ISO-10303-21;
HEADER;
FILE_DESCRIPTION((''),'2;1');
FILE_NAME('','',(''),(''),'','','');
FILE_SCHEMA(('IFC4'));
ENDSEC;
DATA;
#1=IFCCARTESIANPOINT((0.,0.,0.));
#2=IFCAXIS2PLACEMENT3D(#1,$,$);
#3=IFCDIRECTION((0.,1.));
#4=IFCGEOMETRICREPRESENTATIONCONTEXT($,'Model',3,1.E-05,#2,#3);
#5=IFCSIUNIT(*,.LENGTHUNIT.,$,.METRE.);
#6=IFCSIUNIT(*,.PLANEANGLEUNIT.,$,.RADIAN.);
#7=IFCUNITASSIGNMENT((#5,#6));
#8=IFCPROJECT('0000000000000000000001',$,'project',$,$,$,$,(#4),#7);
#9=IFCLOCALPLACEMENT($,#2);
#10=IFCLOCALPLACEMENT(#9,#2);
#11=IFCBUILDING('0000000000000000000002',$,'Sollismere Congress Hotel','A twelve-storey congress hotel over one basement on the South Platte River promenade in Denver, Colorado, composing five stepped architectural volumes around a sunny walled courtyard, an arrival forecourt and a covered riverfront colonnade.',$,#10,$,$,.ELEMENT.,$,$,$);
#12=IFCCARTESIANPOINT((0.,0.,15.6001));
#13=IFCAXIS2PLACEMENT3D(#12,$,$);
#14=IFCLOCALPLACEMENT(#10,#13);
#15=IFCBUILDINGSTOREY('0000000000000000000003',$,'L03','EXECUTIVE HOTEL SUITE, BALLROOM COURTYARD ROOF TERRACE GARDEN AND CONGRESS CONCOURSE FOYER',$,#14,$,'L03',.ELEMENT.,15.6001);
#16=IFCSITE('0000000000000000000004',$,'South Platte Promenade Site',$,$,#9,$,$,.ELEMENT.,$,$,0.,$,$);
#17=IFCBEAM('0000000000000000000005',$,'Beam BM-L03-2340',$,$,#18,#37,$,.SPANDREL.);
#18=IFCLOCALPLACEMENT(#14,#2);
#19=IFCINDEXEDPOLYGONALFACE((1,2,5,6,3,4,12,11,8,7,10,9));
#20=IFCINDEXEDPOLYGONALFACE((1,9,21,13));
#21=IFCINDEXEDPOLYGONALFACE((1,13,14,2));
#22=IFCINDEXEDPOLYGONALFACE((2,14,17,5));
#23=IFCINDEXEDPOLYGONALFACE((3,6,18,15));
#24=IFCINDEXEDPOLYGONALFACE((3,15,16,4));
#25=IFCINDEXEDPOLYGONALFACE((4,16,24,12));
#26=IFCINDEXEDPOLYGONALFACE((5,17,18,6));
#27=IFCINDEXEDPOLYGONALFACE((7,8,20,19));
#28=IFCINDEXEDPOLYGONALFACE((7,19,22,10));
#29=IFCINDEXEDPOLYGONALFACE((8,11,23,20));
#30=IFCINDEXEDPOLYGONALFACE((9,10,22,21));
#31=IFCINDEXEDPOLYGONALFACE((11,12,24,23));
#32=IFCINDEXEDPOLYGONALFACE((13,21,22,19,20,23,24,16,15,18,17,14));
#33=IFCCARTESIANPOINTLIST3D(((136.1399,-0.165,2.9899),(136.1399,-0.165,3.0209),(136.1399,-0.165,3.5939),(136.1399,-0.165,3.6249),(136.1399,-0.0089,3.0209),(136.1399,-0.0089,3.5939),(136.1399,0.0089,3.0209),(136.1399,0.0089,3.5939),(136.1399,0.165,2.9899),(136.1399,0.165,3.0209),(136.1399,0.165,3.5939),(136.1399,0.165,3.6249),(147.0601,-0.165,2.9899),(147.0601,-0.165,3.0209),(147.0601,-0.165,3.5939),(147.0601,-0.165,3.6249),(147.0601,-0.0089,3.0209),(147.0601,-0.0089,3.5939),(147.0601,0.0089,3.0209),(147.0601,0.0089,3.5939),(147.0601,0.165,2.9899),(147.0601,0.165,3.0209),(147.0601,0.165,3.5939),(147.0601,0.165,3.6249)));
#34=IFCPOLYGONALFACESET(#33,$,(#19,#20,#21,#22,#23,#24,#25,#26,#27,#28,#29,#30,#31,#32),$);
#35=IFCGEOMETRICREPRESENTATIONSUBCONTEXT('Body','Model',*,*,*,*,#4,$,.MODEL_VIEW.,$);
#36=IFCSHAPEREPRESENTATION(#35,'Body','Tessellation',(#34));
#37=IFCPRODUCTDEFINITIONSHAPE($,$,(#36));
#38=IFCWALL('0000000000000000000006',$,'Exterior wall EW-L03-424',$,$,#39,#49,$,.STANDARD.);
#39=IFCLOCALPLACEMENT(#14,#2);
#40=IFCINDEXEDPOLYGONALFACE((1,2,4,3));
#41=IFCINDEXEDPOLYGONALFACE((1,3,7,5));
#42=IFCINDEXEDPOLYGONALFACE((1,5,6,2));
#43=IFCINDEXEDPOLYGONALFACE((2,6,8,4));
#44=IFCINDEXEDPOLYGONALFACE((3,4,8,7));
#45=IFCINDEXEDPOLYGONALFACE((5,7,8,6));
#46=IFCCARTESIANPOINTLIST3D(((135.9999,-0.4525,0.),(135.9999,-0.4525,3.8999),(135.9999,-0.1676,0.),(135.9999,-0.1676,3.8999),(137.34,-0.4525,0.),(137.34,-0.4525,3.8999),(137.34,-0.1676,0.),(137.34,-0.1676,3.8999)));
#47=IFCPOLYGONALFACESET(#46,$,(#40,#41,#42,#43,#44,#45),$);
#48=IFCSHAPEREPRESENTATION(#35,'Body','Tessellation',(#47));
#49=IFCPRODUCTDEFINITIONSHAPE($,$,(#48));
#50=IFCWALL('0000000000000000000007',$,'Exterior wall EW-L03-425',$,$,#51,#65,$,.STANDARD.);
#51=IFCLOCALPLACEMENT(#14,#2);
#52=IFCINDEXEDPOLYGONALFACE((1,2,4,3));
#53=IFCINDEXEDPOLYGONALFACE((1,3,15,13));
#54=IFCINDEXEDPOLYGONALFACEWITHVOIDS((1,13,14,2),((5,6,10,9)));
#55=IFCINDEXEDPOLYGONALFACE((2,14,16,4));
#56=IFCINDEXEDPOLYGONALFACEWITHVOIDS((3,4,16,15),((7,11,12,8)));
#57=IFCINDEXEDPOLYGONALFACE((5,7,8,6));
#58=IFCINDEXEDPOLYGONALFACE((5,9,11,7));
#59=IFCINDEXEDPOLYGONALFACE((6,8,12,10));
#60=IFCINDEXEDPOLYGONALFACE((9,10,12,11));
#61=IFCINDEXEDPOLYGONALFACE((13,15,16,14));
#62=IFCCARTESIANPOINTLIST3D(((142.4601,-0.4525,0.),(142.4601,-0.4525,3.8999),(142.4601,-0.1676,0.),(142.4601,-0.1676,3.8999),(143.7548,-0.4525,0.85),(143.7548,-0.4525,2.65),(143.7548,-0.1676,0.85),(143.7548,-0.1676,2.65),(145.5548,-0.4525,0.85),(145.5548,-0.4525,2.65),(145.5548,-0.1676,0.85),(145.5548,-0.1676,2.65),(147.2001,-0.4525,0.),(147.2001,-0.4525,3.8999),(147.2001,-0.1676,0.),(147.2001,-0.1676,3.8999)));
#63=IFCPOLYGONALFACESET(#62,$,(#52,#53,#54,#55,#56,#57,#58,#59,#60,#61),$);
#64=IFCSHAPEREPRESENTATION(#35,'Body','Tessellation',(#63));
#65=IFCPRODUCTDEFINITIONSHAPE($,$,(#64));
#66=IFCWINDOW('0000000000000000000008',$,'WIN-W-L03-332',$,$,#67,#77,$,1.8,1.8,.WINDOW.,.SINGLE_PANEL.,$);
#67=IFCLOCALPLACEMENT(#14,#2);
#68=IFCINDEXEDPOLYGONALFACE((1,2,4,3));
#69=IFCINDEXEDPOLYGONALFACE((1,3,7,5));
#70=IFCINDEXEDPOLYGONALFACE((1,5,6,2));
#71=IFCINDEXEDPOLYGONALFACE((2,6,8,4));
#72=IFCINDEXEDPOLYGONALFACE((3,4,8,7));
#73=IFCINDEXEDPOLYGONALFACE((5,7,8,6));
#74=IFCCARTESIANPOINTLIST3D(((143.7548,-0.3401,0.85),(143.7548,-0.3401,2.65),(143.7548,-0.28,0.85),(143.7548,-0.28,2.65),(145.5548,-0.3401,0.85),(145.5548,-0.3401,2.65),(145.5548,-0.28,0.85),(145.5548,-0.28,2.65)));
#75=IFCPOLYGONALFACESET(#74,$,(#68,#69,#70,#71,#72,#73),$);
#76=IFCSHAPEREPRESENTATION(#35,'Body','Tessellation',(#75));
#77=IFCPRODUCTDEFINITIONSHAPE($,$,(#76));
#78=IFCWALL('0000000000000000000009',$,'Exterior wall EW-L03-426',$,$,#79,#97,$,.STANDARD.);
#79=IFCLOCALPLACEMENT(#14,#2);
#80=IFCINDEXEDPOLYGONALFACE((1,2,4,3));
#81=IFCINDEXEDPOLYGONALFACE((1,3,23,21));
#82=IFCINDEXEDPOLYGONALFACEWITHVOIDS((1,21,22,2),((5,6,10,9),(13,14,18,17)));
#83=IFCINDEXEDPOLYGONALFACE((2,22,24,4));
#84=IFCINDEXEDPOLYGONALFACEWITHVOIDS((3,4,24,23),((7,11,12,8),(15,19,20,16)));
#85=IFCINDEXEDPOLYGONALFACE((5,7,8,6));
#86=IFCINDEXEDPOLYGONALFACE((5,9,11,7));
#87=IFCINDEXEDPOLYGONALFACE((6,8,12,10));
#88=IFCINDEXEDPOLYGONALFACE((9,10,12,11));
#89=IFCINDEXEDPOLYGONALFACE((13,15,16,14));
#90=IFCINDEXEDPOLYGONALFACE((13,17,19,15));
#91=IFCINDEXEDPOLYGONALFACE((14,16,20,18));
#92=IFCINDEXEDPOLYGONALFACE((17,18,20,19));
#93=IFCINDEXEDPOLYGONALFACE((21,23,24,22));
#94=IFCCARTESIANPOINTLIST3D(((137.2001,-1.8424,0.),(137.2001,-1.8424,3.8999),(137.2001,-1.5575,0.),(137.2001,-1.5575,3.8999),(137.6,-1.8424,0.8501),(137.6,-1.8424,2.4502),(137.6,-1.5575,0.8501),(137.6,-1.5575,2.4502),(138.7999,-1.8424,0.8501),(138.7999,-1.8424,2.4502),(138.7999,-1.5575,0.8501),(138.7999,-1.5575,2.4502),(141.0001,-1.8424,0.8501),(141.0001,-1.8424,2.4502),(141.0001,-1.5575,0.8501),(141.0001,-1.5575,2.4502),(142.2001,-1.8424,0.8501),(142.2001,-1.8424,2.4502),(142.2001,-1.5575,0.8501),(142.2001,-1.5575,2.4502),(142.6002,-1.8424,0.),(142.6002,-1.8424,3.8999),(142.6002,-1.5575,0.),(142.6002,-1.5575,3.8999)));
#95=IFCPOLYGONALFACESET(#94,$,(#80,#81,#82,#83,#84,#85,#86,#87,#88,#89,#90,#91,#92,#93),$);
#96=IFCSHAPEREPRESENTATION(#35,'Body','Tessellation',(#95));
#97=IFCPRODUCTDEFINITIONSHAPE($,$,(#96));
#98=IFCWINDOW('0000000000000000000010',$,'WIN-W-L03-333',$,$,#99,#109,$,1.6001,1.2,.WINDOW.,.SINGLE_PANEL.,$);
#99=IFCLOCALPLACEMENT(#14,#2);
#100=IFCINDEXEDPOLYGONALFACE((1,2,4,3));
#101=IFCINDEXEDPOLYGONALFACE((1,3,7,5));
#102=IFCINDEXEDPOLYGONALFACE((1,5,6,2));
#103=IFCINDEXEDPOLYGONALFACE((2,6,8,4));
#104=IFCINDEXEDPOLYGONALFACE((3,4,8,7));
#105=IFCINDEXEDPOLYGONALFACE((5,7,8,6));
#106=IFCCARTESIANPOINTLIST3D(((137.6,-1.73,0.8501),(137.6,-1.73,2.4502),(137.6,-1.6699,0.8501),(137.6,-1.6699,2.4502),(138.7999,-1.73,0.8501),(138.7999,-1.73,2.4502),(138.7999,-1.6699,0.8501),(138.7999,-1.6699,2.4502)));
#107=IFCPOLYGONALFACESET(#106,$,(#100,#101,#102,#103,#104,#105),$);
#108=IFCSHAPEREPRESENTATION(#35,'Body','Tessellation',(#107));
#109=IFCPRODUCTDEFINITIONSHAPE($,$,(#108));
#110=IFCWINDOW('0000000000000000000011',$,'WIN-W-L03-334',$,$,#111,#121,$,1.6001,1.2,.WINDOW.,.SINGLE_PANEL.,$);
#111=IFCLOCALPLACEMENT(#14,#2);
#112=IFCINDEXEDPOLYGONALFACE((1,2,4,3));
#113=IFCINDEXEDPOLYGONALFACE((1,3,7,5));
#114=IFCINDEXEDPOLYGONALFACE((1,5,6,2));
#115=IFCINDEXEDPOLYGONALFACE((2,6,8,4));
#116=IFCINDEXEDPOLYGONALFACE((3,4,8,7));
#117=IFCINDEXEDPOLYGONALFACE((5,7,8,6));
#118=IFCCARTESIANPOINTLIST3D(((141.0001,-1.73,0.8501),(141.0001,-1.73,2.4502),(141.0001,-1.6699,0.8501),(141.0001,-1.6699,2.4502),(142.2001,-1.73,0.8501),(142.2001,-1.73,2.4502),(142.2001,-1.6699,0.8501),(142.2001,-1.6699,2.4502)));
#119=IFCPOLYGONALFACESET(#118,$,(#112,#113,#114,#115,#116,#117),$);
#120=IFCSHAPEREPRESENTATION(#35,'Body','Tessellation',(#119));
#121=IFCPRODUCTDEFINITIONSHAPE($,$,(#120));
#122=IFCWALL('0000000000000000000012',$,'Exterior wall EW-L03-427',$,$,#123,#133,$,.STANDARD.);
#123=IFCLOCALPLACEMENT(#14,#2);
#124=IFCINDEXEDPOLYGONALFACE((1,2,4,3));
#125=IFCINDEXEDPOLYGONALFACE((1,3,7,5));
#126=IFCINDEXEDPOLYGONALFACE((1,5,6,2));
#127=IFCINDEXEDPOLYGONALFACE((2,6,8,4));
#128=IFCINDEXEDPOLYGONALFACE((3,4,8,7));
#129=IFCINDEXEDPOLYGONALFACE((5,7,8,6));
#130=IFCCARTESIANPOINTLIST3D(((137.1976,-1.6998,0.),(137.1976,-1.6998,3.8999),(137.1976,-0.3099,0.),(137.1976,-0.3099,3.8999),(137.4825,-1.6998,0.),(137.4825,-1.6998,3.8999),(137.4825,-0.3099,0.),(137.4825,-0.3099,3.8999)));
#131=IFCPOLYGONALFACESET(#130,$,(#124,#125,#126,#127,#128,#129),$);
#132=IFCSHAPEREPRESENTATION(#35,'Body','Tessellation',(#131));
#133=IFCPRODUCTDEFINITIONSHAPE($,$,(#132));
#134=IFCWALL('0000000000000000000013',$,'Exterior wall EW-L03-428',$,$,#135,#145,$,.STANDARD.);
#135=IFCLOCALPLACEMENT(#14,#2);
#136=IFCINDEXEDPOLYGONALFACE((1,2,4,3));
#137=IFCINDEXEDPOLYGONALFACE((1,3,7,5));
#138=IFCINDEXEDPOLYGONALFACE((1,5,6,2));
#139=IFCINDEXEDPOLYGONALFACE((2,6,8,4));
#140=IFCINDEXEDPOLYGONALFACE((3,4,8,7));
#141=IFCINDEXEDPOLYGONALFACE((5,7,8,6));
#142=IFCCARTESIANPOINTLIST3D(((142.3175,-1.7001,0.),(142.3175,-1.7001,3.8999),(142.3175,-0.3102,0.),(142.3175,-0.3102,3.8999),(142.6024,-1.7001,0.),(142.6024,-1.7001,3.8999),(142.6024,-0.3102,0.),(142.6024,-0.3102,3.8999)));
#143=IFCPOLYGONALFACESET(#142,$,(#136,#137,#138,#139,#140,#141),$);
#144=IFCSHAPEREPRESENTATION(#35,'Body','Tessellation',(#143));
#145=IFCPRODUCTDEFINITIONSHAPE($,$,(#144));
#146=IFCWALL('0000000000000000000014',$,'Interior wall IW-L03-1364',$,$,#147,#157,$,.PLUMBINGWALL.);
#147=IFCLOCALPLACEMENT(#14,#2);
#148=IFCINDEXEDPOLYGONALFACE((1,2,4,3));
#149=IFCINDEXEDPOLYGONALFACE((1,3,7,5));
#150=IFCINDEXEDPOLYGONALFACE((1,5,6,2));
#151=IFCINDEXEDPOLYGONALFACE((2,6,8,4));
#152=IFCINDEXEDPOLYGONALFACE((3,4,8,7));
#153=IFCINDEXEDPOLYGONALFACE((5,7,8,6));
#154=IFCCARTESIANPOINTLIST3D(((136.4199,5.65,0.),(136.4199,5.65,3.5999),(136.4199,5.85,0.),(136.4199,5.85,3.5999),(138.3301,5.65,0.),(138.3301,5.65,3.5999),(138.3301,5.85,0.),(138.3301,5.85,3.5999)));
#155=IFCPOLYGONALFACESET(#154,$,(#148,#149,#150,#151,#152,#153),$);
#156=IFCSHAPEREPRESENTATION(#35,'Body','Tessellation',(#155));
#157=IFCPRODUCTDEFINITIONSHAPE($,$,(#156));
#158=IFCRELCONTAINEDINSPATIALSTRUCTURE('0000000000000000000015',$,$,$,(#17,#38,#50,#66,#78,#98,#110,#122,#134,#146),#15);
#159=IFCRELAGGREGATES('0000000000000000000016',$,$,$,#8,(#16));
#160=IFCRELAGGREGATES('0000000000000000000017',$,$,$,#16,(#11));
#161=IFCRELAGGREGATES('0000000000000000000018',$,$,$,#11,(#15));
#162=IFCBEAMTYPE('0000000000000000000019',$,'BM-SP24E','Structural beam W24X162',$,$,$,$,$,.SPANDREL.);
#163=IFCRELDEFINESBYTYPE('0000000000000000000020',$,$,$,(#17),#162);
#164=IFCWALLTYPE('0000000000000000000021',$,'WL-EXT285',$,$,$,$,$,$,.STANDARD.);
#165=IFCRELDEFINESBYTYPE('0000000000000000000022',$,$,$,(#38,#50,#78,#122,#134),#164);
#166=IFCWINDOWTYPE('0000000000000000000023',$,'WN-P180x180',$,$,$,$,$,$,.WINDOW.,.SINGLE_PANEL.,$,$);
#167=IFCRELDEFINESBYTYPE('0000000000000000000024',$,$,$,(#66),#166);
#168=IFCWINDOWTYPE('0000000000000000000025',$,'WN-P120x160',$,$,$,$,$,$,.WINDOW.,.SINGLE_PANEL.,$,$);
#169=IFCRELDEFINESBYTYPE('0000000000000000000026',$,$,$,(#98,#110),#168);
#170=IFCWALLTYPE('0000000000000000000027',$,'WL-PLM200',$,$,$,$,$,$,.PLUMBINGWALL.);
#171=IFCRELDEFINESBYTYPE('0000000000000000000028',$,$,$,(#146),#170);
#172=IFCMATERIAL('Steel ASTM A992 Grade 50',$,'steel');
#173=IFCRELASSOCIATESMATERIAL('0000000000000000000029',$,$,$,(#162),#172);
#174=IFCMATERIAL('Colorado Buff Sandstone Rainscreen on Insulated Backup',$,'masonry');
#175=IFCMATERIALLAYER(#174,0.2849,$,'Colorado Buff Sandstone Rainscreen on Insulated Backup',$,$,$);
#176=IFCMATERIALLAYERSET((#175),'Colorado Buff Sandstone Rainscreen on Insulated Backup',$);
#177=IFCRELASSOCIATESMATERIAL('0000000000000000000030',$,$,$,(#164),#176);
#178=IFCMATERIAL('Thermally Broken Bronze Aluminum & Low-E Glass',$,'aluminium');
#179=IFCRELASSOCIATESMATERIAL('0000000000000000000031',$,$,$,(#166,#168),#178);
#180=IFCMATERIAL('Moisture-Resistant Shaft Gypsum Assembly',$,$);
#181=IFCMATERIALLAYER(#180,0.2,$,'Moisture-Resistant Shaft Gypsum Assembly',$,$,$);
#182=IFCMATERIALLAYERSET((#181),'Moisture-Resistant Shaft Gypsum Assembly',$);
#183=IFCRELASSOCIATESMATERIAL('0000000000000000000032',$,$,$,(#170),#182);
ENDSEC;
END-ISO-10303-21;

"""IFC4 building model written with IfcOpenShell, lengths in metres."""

from ifc_helpers import new_model, si_unit, direction, frame, frame_2d, origin, origin_2d, place, context, subcontext, project, spatial, rectangle, i_section, extrude, material, layer, layer_set, material_profile, profile_set, type_object, element, fill, save


model = new_model("IFC4")

# Units and contexts
model_context = context("Model", 3, precision=1e-05, world=origin(), true_north=direction((0.0, 1.0)))
body_context = subcontext(model_context, "Body", "Model", "MODEL_VIEW")
ifc_project = project(units=[si_unit("LENGTHUNIT", "METRE"), si_unit("PLANEANGLEUNIT", "RADIAN")], contexts=[model_context])

# Site, building, storey
site_placement = place(None, origin())
site = spatial("IfcSite", under=ifc_project, at=site_placement, Name="South Platte Promenade Site", CompositionType="ELEMENT", RefElevation=0.0)
building_placement = place(site_placement, origin())
building = spatial("IfcBuilding", under=site, at=building_placement, Name="Sollismere Congress Hotel", Description="A twelve-storey congress hotel over one basement on the South Platte River promenade in Denver, Colorado, composing five stepped architectural volumes around a sunny walled courtyard, an arrival forecourt and a covered riverfront colonnade.", CompositionType="ELEMENT")
storey_placement = place(building_placement, frame((0.0, 0.0, 15.6001)))
storey = spatial("IfcBuildingStorey", under=building, at=storey_placement, Name="L03", Description="EXECUTIVE HOTEL SUITE, BALLROOM COURTYARD ROOF TERRACE GARDEN AND CONGRESS CONCOURSE FOYER", LongName="L03", CompositionType="ELEMENT", Elevation=15.6001)

# Shared definitions
ifc_material_1 = material(Name="Steel ASTM A992 Grade 50", Category="steel")

# Beam
ifc_material_profile_1 = material_profile(ifc_material_1, i_section(OverallWidth=0.3301, OverallDepth=0.635, WebThickness=0.0178, FlangeThickness=0.031, at=origin_2d()), Name="W24X162")
ifc_profile_set_1 = profile_set([ifc_material_profile_1], Name="Steel ASTM A992 Grade 50")
beam_type_1 = type_object("IfcBeamType", Name="BM-SP24E", Description="Structural beam W24X162", PredefinedType="SPANDREL", material=ifc_profile_set_1)
beam_1_placement = place(storey_placement, frame((136.1399, 0.0, 3.3074), z_axis=(1.0, 0.0, 0.0), x_axis=(0.0, 1.0, 0.0)))
element("IfcBeam", 1, at=beam_1_placement, inside=storey, type_object=beam_type_1, Name="Beam BM-L03-2340", PredefinedType="SPANDREL", context=body_context, shape_type="SweptSolid", body=[
    extrude(i_section(OverallWidth=0.3301, OverallDepth=0.635, WebThickness=0.0178, FlangeThickness=0.031, at=origin_2d()), origin(), (0.0, 0.0, 1.0), 10.9202),
])

# Wall
ifc_material_2 = material(Name="Colorado Buff Sandstone Rainscreen on Insulated Backup", Category="masonry")
ifc_layer_1 = layer(ifc_material_2, 0.2849, Name="Colorado Buff Sandstone Rainscreen on Insulated Backup")
ifc_layer_set_1 = layer_set([ifc_layer_1], Name="Colorado Buff Sandstone Rainscreen on Insulated Backup")
wall_type_1 = type_object("IfcWallType", Name="WL-EXT285", PredefinedType="STANDARD", material=ifc_layer_set_1)
wall_1_placement = place(storey_placement, frame((136.0, -0.3101, 0.0), z_axis=(0.0, 0.0, 1.0), x_axis=(1.0, 0.0, 0.0)))
element("IfcWall", 2, at=wall_1_placement, inside=storey, type_object=wall_type_1, Name="Exterior wall EW-L03-424", PredefinedType="STANDARD", context=body_context, shape_type="SweptSolid", body=[
    extrude(rectangle(XDim=1.3401, YDim=0.2849, at=frame_2d((0.6699, 0.0))), origin(), (0.0, 0.0, 1.0), 3.8999),
])

# Wall, opening, window
wall_2_placement = place(storey_placement, frame((142.46, -0.3101, 0.0), z_axis=(0.0, 0.0, 1.0), x_axis=(1.0, 0.0, 0.0)))
wall_2 = element("IfcWall", 3, at=wall_2_placement, inside=storey, type_object=wall_type_1, Name="Exterior wall EW-L03-425", PredefinedType="STANDARD", context=body_context, shape_type="SweptSolid", body=[
    extrude(rectangle(XDim=4.74, YDim=0.2849, at=frame_2d((2.3701, 0.0))), origin(), (0.0, 0.0, 1.0), 3.8999),
])
opening_1_placement = place(wall_2_placement, frame((1.2949, 0.0, 0.8501)))
opening_1 = element("IfcOpeningElement", 4, at=opening_1_placement, cuts=wall_2, PredefinedType="OPENING", context=body_context, shape_type="SweptSolid", body=[
    extrude(rectangle(XDim=1.8, YDim=1.8, at=frame_2d((0.8999, 0.8999))), frame((0.0, 0.1523, 0.0), z_axis=(0.0, -1.0, 0.0), x_axis=(1.0, 0.0, 0.0)), (0.0, 0.0, 1.0), 0.3049),
])
ifc_material_3 = material(Name="Thermally Broken Bronze Aluminum & Low-E Glass", Category="aluminium")
window_type_1 = type_object("IfcWindowType", Name="WN-P180x180", PartitioningType="SINGLE_PANEL", PredefinedType="WINDOW", material=ifc_material_3)
window_1_placement = place(opening_1_placement, origin())
window_1 = element("IfcWindow", 5, at=window_1_placement, inside=storey, type_object=window_type_1, Name="WIN-W-L03-332", OverallHeight=1.8, OverallWidth=1.8, PartitioningType="SINGLE_PANEL", PredefinedType="WINDOW", context=body_context, shape_type="SweptSolid", body=[
    extrude(rectangle(XDim=1.8, YDim=1.8, at=frame_2d((0.8999, 0.8999))), frame((0.0, 0.03, 0.0), z_axis=(0.0, -1.0, 0.0), x_axis=(1.0, 0.0, 0.0)), (0.0, 0.0, 1.0), 0.0601),
])
fill(opening_1, window_1)

# Wall, openings, windows
wall_3_placement = place(storey_placement, frame((137.2, -1.7, 0.0), z_axis=(0.0, 0.0, 1.0), x_axis=(1.0, 0.0, 0.0)))
wall_3 = element("IfcWall", 6, at=wall_3_placement, inside=storey, type_object=wall_type_1, Name="Exterior wall EW-L03-426", PredefinedType="STANDARD", context=body_context, shape_type="SweptSolid", body=[
    extrude(rectangle(XDim=5.4001, YDim=0.2849, at=frame_2d((2.7002, 0.0))), origin(), (0.0, 0.0, 1.0), 3.8999),
])
opening_2_placement = place(wall_3_placement, frame((0.3999, 0.0, 0.8501)))
opening_2 = element("IfcOpeningElement", 7, at=opening_2_placement, cuts=wall_3, PredefinedType="OPENING", context=body_context, shape_type="SweptSolid", body=[
    extrude(rectangle(XDim=1.2, YDim=1.6001, at=frame_2d((0.6001, 0.8))), frame((0.0, 0.1523, 0.0), z_axis=(0.0, -1.0, 0.0), x_axis=(1.0, 0.0, 0.0)), (0.0, 0.0, 1.0), 0.3049),
])
opening_3_placement = place(wall_3_placement, frame((3.8, 0.0, 0.8501)))
opening_3 = element("IfcOpeningElement", 8, at=opening_3_placement, cuts=wall_3, PredefinedType="OPENING", context=body_context, shape_type="SweptSolid", body=[
    extrude(rectangle(XDim=1.2, YDim=1.6001, at=frame_2d((0.6001, 0.8))), frame((0.0, 0.1523, 0.0), z_axis=(0.0, -1.0, 0.0), x_axis=(1.0, 0.0, 0.0)), (0.0, 0.0, 1.0), 0.3049),
])
window_type_2 = type_object("IfcWindowType", Name="WN-P120x160", PartitioningType="SINGLE_PANEL", PredefinedType="WINDOW", material=ifc_material_3)
window_2_placement = place(opening_2_placement, origin())
window_2 = element("IfcWindow", 9, at=window_2_placement, inside=storey, type_object=window_type_2, Name="WIN-W-L03-333", OverallHeight=1.6001, OverallWidth=1.2, PartitioningType="SINGLE_PANEL", PredefinedType="WINDOW", context=body_context, shape_type="SweptSolid", body=[
    extrude(rectangle(XDim=1.2, YDim=1.6001, at=frame_2d((0.6001, 0.8))), frame((0.0, 0.03, 0.0), z_axis=(0.0, -1.0, 0.0), x_axis=(1.0, 0.0, 0.0)), (0.0, 0.0, 1.0), 0.0601),
])
fill(opening_2, window_2)
window_3_placement = place(opening_3_placement, origin())
window_3 = element("IfcWindow", 10, at=window_3_placement, inside=storey, type_object=window_type_2, Name="WIN-W-L03-334", OverallHeight=1.6001, OverallWidth=1.2, PartitioningType="SINGLE_PANEL", PredefinedType="WINDOW", context=body_context, shape_type="SweptSolid", body=[
    extrude(rectangle(XDim=1.2, YDim=1.6001, at=frame_2d((0.6001, 0.8))), frame((0.0, 0.03, 0.0), z_axis=(0.0, -1.0, 0.0), x_axis=(1.0, 0.0, 0.0)), (0.0, 0.0, 1.0), 0.0601),
])
fill(opening_3, window_3)

# Walls
for number, where, z_axis, x_axis, name in (
    (11, (137.3401, -0.3101, 0.0), (0.0, 0.0, 1.0), (0.0, -1.0, 0.0), "Exterior wall EW-L03-427"),
    (12, (142.46, -1.7, 0.0), (0.0, 0.0, 1.0), (0.0, 1.0, 0.0), "Exterior wall EW-L03-428"),
):
    element("IfcWall", number, at=place(storey_placement, frame(where, z_axis=z_axis, x_axis=x_axis)), inside=storey, type_object=wall_type_1, Name=name, PredefinedType="STANDARD", context=body_context, shape_type="SweptSolid", body=[
        extrude(rectangle(XDim=1.3899, YDim=0.2849, at=frame_2d((0.6948, 0.0))), origin(), (0.0, 0.0, 1.0), 3.8999),
    ])
ifc_material_4 = material(Name="Moisture-Resistant Shaft Gypsum Assembly")
ifc_layer_2 = layer(ifc_material_4, 0.2, Name="Moisture-Resistant Shaft Gypsum Assembly")
ifc_layer_set_2 = layer_set([ifc_layer_2], Name="Moisture-Resistant Shaft Gypsum Assembly")
wall_type_2 = type_object("IfcWallType", Name="WL-PLM200", PredefinedType="PLUMBINGWALL", material=ifc_layer_set_2)
wall_4_placement = place(storey_placement, frame((136.4199, 5.75, 0.0), z_axis=(0.0, 0.0, 1.0), x_axis=(1.0, 0.0, 0.0)))
element("IfcWall", 13, at=wall_4_placement, inside=storey, type_object=wall_type_2, Name="Interior wall IW-L03-1364", PredefinedType="PLUMBINGWALL", context=body_context, shape_type="SweptSolid", body=[
    extrude(rectangle(XDim=1.9102, YDim=0.2, at=frame_2d((0.9551, 0.0))), origin(), (0.0, 0.0, 1.0), 3.5999),
])

save(model, "model.ifc")
